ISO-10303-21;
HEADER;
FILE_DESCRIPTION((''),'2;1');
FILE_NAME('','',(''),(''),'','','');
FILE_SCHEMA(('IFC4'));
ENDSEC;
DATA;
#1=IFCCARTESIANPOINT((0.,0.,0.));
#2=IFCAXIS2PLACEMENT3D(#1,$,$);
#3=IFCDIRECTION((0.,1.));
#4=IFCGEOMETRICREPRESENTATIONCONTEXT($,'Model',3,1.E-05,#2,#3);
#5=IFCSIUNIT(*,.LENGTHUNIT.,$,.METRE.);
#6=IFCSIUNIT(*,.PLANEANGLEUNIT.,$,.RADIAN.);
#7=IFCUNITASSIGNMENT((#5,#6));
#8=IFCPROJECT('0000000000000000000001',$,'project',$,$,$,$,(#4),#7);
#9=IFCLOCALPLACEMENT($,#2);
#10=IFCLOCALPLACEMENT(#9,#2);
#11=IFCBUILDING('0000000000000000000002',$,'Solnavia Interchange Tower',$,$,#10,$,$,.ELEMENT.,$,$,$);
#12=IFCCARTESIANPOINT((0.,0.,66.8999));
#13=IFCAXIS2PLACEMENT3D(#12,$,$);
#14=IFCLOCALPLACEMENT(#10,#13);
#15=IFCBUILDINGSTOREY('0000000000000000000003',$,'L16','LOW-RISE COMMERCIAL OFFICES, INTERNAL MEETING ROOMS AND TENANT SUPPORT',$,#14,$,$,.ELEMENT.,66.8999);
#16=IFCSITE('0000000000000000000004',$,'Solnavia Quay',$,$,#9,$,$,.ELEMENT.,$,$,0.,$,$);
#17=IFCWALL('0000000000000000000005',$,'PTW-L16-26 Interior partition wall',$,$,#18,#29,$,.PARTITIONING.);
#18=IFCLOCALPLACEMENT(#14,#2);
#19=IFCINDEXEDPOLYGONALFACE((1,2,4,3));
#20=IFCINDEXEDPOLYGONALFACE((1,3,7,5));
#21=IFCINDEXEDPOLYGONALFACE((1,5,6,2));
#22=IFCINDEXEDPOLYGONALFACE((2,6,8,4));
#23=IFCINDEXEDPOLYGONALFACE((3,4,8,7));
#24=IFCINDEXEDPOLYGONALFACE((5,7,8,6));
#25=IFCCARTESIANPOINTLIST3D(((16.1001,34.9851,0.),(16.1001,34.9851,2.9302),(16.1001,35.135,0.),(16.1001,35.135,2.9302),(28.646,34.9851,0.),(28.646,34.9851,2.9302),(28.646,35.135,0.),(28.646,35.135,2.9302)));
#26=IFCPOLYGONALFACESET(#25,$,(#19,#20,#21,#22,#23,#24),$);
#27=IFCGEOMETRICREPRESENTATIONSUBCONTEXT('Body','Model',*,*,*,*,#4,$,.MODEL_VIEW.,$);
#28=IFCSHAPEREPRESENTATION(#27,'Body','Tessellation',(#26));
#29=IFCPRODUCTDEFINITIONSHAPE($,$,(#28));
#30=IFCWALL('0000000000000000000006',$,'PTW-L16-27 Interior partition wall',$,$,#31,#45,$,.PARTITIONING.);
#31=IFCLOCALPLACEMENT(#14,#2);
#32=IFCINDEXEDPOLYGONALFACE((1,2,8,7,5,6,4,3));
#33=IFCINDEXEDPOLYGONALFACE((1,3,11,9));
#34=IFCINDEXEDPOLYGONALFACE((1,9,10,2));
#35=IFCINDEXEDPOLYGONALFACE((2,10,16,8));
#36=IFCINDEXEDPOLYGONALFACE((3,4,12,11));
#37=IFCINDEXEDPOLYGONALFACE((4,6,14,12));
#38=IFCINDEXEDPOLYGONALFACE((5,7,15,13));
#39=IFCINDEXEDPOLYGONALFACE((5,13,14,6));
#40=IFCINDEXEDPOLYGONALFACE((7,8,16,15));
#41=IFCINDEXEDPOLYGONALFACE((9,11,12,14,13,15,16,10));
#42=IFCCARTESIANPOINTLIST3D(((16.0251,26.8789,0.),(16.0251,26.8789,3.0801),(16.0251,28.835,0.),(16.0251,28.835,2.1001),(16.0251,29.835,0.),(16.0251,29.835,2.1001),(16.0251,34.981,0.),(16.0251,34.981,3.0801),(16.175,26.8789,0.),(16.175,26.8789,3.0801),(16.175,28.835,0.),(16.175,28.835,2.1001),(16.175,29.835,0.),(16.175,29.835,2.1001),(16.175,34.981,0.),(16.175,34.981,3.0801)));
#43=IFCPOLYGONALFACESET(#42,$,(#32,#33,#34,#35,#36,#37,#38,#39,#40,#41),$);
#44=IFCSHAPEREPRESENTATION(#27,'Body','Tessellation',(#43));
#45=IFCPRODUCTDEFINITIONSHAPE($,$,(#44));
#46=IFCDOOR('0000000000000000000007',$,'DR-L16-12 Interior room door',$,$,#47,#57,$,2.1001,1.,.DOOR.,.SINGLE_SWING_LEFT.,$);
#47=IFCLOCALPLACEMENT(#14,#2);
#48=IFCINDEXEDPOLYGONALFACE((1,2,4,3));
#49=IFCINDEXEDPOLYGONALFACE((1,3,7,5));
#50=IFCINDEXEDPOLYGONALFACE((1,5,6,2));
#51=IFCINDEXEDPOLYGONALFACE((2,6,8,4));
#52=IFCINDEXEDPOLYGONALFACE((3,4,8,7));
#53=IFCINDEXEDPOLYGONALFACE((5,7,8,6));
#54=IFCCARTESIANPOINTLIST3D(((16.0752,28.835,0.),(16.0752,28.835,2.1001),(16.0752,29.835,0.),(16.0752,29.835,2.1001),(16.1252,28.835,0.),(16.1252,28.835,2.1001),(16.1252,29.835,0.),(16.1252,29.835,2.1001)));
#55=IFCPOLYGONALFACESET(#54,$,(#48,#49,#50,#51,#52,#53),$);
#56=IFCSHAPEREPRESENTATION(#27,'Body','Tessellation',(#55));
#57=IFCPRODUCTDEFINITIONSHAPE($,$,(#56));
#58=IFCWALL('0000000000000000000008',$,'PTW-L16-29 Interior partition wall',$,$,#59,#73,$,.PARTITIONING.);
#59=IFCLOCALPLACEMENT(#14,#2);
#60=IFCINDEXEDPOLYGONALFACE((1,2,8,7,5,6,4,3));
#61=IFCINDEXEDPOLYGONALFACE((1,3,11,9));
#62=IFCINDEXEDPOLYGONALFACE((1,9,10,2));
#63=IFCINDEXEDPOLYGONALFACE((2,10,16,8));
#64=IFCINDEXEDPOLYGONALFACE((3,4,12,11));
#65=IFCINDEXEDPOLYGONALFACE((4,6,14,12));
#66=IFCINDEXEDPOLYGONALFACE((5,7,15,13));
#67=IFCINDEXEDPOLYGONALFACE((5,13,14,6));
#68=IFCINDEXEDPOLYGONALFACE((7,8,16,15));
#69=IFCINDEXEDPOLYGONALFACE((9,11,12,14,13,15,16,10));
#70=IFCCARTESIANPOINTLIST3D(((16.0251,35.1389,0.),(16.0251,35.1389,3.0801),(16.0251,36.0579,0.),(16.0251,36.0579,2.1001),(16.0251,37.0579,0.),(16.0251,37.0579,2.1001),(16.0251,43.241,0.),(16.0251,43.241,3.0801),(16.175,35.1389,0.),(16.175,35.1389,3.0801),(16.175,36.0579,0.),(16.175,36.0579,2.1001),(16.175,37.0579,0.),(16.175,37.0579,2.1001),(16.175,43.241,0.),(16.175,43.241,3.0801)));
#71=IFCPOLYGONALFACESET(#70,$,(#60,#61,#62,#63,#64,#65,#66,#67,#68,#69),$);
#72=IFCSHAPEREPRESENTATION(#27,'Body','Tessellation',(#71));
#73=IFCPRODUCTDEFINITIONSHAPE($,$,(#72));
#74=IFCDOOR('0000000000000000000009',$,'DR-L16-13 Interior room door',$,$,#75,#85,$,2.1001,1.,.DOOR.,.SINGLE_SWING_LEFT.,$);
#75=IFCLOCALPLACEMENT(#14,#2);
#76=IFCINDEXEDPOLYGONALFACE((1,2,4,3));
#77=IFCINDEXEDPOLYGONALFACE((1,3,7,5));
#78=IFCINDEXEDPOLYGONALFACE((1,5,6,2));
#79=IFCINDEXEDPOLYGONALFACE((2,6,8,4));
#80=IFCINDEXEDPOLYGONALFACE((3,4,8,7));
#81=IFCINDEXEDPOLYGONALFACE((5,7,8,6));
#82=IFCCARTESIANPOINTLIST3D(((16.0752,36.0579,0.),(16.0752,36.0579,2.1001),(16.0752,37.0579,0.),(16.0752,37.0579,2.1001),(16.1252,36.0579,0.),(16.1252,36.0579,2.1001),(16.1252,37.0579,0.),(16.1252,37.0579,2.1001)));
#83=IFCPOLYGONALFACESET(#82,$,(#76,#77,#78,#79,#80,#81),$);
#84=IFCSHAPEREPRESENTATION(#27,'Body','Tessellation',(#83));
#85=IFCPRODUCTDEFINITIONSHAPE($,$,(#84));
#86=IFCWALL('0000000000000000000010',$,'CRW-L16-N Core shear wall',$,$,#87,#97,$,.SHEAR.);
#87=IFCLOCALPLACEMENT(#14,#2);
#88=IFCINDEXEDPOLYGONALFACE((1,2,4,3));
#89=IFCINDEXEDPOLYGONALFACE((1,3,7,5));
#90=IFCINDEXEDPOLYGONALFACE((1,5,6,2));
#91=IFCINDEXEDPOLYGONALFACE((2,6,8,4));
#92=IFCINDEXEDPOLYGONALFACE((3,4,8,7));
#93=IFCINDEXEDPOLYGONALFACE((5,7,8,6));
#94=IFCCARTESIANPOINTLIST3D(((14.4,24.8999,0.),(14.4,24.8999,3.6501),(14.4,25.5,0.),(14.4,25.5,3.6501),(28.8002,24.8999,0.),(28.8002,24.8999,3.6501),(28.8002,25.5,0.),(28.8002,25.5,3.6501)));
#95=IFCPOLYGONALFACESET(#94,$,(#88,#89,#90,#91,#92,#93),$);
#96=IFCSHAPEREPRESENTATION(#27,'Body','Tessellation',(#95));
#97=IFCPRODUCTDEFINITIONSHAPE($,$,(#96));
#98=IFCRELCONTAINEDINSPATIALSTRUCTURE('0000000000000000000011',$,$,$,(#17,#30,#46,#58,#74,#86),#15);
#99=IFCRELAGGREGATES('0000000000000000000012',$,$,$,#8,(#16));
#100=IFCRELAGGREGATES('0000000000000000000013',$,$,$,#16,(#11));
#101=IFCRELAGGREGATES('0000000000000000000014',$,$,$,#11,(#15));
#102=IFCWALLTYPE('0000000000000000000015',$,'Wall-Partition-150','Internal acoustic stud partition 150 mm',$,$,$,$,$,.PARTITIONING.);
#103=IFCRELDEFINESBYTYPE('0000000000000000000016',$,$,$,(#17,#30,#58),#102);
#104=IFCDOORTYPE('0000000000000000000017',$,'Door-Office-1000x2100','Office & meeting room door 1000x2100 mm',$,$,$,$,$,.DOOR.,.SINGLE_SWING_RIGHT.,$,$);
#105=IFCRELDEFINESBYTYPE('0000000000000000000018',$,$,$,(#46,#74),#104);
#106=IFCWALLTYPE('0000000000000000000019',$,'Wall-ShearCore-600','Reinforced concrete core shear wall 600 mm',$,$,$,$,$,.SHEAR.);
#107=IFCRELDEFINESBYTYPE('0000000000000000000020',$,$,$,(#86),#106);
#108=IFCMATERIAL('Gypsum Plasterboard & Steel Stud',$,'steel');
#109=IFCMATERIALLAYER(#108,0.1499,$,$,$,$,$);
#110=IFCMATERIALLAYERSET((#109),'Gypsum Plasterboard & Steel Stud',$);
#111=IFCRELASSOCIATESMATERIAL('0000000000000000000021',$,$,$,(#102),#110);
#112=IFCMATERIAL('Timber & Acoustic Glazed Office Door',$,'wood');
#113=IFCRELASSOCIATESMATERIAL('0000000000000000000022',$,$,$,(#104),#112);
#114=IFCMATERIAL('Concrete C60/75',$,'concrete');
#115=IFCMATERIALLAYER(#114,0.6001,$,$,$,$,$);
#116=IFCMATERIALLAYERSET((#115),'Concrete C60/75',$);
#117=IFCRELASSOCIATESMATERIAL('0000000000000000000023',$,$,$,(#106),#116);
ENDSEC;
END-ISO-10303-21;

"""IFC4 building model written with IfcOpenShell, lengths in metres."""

from ifc_helpers import new_model, si_unit, direction, frame, frame_2d, origin, place, context, subcontext, project, spatial, rectangle, extrude, material, layer, layer_set, type_object, element, fill, save


model = new_model("IFC4")

# Units and contexts
model_context = context("Model", 3, precision=1e-05, world=origin(), true_north=direction((0.0, 1.0)))
body_context = subcontext(model_context, "Body", "Model", "MODEL_VIEW")
ifc_project = project(units=[si_unit("LENGTHUNIT", "METRE"), si_unit("PLANEANGLEUNIT", "RADIAN")], contexts=[model_context])

# Site, building, storey
site_placement = place(None, origin())
site = spatial("IfcSite", under=ifc_project, at=site_placement, Name="Solnavia Quay", CompositionType="ELEMENT", RefElevation=0.0)
building_placement = place(site_placement, origin())
building = spatial("IfcBuilding", under=site, at=building_placement, Name="Solnavia Interchange Tower", CompositionType="ELEMENT")
storey_placement = place(building_placement, frame((0.0, 0.0, 66.8999)))
storey = spatial("IfcBuildingStorey", under=building, at=storey_placement, Name="L16", Description="LOW-RISE COMMERCIAL OFFICES, INTERNAL MEETING ROOMS AND TENANT SUPPORT", CompositionType="ELEMENT", Elevation=66.8999)

# Shared definitions
ifc_material_1 = material(Name="Gypsum Plasterboard & Steel Stud", Category="steel")
ifc_layer_1 = layer(ifc_material_1, 0.1499)
ifc_layer_set_1 = layer_set([ifc_layer_1], Name="Gypsum Plasterboard & Steel Stud")
wall_type_1 = type_object("IfcWallType", Name="Wall-Partition-150", Description="Internal acoustic stud partition 150 mm", PredefinedType="PARTITIONING", material=ifc_layer_set_1)
ifc_material_2 = material(Name="Timber & Acoustic Glazed Office Door", Category="wood")
door_type = type_object("IfcDoorType", Name="Door-Office-1000x2100", Description="Office & meeting room door 1000x2100 mm", OperationType="SINGLE_SWING_RIGHT", PredefinedType="DOOR", material=ifc_material_2)

# Wall
wall_1_placement = place(storey_placement, frame((16.1001, 35.0601, 0.0), z_axis=(0.0, 0.0, 1.0), x_axis=(1.0, 0.0, 0.0)))
element("IfcWall", 1, at=wall_1_placement, inside=storey, type_object=wall_type_1, Name="PTW-L16-26 Interior partition wall", PredefinedType="PARTITIONING", context=body_context, shape_type="SweptSolid", body=[
    extrude(rectangle(XDim=12.5459, YDim=0.1499, at=frame_2d((6.2729, 0.0))), origin(), (0.0, 0.0, 1.0), 2.9302),
])

# Walls, openings, doors
wall_2_placement = place(storey_placement, frame((16.1001, 26.8789, 0.0), z_axis=(0.0, 0.0, 1.0), x_axis=(0.0, 1.0, 0.0)))
wall_2 = element("IfcWall", 2, at=wall_2_placement, inside=storey, type_object=wall_type_1, Name="PTW-L16-27 Interior partition wall", PredefinedType="PARTITIONING", context=body_context, shape_type="SweptSolid", body=[
    extrude(rectangle(XDim=8.1021, YDim=0.1499, at=frame_2d((4.051, 0.0))), origin(), (0.0, 0.0, 1.0), 3.0801),
])
opening_1_placement = place(wall_2_placement, frame((1.9561, 0.0, 0.0)))
opening_1 = element("IfcOpeningElement", 3, at=opening_1_placement, cuts=wall_2, PredefinedType="OPENING", context=body_context, shape_type="SweptSolid", body=[
    extrude(rectangle(XDim=1.0, YDim=2.1001, at=frame_2d((0.5, 1.05))), frame((0.0, 0.085, 0.0), z_axis=(0.0, -1.0, 0.0), x_axis=(1.0, 0.0, 0.0)), (0.0, 0.0, 1.0), 0.1699),
])
door_1_placement = place(opening_1_placement, origin())
door_1 = element("IfcDoor", 4, at=door_1_placement, inside=storey, type_object=door_type, Name="DR-L16-12 Interior room door", OperationType="SINGLE_SWING_LEFT", OverallHeight=2.1001, OverallWidth=1.0, PredefinedType="DOOR", context=body_context, shape_type="SweptSolid", body=[
    extrude(rectangle(XDim=1.0, YDim=2.1001, at=frame_2d((0.5, 1.05))), frame((0.0, 0.0249, 0.0), z_axis=(0.0, -1.0, 0.0), x_axis=(1.0, 0.0, 0.0)), (0.0, 0.0, 1.0), 0.05),
])
fill(opening_1, door_1)
wall_3_placement = place(storey_placement, frame((16.1001, 35.1389, 0.0), z_axis=(0.0, 0.0, 1.0), x_axis=(0.0, 1.0, 0.0)))
wall_3 = element("IfcWall", 5, at=wall_3_placement, inside=storey, type_object=wall_type_1, Name="PTW-L16-29 Interior partition wall", PredefinedType="PARTITIONING", context=body_context, shape_type="SweptSolid", body=[
    extrude(rectangle(XDim=8.1021, YDim=0.1499, at=frame_2d((4.051, 0.0))), origin(), (0.0, 0.0, 1.0), 3.0801),
])
opening_2_placement = place(wall_3_placement, frame((0.9189, 0.0, 0.0)))
opening_2 = element("IfcOpeningElement", 6, at=opening_2_placement, cuts=wall_3, PredefinedType="OPENING", context=body_context, shape_type="SweptSolid", body=[
    extrude(rectangle(XDim=1.0, YDim=2.1001, at=frame_2d((0.5, 1.05))), frame((0.0, 0.085, 0.0), z_axis=(0.0, -1.0, 0.0), x_axis=(1.0, 0.0, 0.0)), (0.0, 0.0, 1.0), 0.1699),
])
door_2_placement = place(opening_2_placement, origin())
door_2 = element("IfcDoor", 7, at=door_2_placement, inside=storey, type_object=door_type, Name="DR-L16-13 Interior room door", OperationType="SINGLE_SWING_LEFT", OverallHeight=2.1001, OverallWidth=1.0, PredefinedType="DOOR", context=body_context, shape_type="SweptSolid", body=[
    extrude(rectangle(XDim=1.0, YDim=2.1001, at=frame_2d((0.5, 1.05))), frame((0.0, 0.0249, 0.0), z_axis=(0.0, -1.0, 0.0), x_axis=(1.0, 0.0, 0.0)), (0.0, 0.0, 1.0), 0.05),
])
fill(opening_2, door_2)

# Wall
ifc_material_3 = material(Name="Concrete C60/75", Category="concrete")
ifc_layer_2 = layer(ifc_material_3, 0.6001)
ifc_layer_set_2 = layer_set([ifc_layer_2], Name="Concrete C60/75")
wall_type_2 = type_object("IfcWallType", Name="Wall-ShearCore-600", Description="Reinforced concrete core shear wall 600 mm", PredefinedType="SHEAR", material=ifc_layer_set_2)
wall_4_placement = place(storey_placement, frame((14.3999, 25.2, 0.0), z_axis=(0.0, 0.0, 1.0), x_axis=(1.0, 0.0, 0.0)))
element("IfcWall", 8, at=wall_4_placement, inside=storey, type_object=wall_type_2, Name="CRW-L16-N Core shear wall", PredefinedType="SHEAR", context=body_context, shape_type="SweptSolid", body=[
    extrude(rectangle(XDim=14.4001, YDim=0.6001, at=frame_2d((7.2002, 0.0))), origin(), (0.0, 0.0, 1.0), 3.6501),
])

save(model, "model.ifc")
